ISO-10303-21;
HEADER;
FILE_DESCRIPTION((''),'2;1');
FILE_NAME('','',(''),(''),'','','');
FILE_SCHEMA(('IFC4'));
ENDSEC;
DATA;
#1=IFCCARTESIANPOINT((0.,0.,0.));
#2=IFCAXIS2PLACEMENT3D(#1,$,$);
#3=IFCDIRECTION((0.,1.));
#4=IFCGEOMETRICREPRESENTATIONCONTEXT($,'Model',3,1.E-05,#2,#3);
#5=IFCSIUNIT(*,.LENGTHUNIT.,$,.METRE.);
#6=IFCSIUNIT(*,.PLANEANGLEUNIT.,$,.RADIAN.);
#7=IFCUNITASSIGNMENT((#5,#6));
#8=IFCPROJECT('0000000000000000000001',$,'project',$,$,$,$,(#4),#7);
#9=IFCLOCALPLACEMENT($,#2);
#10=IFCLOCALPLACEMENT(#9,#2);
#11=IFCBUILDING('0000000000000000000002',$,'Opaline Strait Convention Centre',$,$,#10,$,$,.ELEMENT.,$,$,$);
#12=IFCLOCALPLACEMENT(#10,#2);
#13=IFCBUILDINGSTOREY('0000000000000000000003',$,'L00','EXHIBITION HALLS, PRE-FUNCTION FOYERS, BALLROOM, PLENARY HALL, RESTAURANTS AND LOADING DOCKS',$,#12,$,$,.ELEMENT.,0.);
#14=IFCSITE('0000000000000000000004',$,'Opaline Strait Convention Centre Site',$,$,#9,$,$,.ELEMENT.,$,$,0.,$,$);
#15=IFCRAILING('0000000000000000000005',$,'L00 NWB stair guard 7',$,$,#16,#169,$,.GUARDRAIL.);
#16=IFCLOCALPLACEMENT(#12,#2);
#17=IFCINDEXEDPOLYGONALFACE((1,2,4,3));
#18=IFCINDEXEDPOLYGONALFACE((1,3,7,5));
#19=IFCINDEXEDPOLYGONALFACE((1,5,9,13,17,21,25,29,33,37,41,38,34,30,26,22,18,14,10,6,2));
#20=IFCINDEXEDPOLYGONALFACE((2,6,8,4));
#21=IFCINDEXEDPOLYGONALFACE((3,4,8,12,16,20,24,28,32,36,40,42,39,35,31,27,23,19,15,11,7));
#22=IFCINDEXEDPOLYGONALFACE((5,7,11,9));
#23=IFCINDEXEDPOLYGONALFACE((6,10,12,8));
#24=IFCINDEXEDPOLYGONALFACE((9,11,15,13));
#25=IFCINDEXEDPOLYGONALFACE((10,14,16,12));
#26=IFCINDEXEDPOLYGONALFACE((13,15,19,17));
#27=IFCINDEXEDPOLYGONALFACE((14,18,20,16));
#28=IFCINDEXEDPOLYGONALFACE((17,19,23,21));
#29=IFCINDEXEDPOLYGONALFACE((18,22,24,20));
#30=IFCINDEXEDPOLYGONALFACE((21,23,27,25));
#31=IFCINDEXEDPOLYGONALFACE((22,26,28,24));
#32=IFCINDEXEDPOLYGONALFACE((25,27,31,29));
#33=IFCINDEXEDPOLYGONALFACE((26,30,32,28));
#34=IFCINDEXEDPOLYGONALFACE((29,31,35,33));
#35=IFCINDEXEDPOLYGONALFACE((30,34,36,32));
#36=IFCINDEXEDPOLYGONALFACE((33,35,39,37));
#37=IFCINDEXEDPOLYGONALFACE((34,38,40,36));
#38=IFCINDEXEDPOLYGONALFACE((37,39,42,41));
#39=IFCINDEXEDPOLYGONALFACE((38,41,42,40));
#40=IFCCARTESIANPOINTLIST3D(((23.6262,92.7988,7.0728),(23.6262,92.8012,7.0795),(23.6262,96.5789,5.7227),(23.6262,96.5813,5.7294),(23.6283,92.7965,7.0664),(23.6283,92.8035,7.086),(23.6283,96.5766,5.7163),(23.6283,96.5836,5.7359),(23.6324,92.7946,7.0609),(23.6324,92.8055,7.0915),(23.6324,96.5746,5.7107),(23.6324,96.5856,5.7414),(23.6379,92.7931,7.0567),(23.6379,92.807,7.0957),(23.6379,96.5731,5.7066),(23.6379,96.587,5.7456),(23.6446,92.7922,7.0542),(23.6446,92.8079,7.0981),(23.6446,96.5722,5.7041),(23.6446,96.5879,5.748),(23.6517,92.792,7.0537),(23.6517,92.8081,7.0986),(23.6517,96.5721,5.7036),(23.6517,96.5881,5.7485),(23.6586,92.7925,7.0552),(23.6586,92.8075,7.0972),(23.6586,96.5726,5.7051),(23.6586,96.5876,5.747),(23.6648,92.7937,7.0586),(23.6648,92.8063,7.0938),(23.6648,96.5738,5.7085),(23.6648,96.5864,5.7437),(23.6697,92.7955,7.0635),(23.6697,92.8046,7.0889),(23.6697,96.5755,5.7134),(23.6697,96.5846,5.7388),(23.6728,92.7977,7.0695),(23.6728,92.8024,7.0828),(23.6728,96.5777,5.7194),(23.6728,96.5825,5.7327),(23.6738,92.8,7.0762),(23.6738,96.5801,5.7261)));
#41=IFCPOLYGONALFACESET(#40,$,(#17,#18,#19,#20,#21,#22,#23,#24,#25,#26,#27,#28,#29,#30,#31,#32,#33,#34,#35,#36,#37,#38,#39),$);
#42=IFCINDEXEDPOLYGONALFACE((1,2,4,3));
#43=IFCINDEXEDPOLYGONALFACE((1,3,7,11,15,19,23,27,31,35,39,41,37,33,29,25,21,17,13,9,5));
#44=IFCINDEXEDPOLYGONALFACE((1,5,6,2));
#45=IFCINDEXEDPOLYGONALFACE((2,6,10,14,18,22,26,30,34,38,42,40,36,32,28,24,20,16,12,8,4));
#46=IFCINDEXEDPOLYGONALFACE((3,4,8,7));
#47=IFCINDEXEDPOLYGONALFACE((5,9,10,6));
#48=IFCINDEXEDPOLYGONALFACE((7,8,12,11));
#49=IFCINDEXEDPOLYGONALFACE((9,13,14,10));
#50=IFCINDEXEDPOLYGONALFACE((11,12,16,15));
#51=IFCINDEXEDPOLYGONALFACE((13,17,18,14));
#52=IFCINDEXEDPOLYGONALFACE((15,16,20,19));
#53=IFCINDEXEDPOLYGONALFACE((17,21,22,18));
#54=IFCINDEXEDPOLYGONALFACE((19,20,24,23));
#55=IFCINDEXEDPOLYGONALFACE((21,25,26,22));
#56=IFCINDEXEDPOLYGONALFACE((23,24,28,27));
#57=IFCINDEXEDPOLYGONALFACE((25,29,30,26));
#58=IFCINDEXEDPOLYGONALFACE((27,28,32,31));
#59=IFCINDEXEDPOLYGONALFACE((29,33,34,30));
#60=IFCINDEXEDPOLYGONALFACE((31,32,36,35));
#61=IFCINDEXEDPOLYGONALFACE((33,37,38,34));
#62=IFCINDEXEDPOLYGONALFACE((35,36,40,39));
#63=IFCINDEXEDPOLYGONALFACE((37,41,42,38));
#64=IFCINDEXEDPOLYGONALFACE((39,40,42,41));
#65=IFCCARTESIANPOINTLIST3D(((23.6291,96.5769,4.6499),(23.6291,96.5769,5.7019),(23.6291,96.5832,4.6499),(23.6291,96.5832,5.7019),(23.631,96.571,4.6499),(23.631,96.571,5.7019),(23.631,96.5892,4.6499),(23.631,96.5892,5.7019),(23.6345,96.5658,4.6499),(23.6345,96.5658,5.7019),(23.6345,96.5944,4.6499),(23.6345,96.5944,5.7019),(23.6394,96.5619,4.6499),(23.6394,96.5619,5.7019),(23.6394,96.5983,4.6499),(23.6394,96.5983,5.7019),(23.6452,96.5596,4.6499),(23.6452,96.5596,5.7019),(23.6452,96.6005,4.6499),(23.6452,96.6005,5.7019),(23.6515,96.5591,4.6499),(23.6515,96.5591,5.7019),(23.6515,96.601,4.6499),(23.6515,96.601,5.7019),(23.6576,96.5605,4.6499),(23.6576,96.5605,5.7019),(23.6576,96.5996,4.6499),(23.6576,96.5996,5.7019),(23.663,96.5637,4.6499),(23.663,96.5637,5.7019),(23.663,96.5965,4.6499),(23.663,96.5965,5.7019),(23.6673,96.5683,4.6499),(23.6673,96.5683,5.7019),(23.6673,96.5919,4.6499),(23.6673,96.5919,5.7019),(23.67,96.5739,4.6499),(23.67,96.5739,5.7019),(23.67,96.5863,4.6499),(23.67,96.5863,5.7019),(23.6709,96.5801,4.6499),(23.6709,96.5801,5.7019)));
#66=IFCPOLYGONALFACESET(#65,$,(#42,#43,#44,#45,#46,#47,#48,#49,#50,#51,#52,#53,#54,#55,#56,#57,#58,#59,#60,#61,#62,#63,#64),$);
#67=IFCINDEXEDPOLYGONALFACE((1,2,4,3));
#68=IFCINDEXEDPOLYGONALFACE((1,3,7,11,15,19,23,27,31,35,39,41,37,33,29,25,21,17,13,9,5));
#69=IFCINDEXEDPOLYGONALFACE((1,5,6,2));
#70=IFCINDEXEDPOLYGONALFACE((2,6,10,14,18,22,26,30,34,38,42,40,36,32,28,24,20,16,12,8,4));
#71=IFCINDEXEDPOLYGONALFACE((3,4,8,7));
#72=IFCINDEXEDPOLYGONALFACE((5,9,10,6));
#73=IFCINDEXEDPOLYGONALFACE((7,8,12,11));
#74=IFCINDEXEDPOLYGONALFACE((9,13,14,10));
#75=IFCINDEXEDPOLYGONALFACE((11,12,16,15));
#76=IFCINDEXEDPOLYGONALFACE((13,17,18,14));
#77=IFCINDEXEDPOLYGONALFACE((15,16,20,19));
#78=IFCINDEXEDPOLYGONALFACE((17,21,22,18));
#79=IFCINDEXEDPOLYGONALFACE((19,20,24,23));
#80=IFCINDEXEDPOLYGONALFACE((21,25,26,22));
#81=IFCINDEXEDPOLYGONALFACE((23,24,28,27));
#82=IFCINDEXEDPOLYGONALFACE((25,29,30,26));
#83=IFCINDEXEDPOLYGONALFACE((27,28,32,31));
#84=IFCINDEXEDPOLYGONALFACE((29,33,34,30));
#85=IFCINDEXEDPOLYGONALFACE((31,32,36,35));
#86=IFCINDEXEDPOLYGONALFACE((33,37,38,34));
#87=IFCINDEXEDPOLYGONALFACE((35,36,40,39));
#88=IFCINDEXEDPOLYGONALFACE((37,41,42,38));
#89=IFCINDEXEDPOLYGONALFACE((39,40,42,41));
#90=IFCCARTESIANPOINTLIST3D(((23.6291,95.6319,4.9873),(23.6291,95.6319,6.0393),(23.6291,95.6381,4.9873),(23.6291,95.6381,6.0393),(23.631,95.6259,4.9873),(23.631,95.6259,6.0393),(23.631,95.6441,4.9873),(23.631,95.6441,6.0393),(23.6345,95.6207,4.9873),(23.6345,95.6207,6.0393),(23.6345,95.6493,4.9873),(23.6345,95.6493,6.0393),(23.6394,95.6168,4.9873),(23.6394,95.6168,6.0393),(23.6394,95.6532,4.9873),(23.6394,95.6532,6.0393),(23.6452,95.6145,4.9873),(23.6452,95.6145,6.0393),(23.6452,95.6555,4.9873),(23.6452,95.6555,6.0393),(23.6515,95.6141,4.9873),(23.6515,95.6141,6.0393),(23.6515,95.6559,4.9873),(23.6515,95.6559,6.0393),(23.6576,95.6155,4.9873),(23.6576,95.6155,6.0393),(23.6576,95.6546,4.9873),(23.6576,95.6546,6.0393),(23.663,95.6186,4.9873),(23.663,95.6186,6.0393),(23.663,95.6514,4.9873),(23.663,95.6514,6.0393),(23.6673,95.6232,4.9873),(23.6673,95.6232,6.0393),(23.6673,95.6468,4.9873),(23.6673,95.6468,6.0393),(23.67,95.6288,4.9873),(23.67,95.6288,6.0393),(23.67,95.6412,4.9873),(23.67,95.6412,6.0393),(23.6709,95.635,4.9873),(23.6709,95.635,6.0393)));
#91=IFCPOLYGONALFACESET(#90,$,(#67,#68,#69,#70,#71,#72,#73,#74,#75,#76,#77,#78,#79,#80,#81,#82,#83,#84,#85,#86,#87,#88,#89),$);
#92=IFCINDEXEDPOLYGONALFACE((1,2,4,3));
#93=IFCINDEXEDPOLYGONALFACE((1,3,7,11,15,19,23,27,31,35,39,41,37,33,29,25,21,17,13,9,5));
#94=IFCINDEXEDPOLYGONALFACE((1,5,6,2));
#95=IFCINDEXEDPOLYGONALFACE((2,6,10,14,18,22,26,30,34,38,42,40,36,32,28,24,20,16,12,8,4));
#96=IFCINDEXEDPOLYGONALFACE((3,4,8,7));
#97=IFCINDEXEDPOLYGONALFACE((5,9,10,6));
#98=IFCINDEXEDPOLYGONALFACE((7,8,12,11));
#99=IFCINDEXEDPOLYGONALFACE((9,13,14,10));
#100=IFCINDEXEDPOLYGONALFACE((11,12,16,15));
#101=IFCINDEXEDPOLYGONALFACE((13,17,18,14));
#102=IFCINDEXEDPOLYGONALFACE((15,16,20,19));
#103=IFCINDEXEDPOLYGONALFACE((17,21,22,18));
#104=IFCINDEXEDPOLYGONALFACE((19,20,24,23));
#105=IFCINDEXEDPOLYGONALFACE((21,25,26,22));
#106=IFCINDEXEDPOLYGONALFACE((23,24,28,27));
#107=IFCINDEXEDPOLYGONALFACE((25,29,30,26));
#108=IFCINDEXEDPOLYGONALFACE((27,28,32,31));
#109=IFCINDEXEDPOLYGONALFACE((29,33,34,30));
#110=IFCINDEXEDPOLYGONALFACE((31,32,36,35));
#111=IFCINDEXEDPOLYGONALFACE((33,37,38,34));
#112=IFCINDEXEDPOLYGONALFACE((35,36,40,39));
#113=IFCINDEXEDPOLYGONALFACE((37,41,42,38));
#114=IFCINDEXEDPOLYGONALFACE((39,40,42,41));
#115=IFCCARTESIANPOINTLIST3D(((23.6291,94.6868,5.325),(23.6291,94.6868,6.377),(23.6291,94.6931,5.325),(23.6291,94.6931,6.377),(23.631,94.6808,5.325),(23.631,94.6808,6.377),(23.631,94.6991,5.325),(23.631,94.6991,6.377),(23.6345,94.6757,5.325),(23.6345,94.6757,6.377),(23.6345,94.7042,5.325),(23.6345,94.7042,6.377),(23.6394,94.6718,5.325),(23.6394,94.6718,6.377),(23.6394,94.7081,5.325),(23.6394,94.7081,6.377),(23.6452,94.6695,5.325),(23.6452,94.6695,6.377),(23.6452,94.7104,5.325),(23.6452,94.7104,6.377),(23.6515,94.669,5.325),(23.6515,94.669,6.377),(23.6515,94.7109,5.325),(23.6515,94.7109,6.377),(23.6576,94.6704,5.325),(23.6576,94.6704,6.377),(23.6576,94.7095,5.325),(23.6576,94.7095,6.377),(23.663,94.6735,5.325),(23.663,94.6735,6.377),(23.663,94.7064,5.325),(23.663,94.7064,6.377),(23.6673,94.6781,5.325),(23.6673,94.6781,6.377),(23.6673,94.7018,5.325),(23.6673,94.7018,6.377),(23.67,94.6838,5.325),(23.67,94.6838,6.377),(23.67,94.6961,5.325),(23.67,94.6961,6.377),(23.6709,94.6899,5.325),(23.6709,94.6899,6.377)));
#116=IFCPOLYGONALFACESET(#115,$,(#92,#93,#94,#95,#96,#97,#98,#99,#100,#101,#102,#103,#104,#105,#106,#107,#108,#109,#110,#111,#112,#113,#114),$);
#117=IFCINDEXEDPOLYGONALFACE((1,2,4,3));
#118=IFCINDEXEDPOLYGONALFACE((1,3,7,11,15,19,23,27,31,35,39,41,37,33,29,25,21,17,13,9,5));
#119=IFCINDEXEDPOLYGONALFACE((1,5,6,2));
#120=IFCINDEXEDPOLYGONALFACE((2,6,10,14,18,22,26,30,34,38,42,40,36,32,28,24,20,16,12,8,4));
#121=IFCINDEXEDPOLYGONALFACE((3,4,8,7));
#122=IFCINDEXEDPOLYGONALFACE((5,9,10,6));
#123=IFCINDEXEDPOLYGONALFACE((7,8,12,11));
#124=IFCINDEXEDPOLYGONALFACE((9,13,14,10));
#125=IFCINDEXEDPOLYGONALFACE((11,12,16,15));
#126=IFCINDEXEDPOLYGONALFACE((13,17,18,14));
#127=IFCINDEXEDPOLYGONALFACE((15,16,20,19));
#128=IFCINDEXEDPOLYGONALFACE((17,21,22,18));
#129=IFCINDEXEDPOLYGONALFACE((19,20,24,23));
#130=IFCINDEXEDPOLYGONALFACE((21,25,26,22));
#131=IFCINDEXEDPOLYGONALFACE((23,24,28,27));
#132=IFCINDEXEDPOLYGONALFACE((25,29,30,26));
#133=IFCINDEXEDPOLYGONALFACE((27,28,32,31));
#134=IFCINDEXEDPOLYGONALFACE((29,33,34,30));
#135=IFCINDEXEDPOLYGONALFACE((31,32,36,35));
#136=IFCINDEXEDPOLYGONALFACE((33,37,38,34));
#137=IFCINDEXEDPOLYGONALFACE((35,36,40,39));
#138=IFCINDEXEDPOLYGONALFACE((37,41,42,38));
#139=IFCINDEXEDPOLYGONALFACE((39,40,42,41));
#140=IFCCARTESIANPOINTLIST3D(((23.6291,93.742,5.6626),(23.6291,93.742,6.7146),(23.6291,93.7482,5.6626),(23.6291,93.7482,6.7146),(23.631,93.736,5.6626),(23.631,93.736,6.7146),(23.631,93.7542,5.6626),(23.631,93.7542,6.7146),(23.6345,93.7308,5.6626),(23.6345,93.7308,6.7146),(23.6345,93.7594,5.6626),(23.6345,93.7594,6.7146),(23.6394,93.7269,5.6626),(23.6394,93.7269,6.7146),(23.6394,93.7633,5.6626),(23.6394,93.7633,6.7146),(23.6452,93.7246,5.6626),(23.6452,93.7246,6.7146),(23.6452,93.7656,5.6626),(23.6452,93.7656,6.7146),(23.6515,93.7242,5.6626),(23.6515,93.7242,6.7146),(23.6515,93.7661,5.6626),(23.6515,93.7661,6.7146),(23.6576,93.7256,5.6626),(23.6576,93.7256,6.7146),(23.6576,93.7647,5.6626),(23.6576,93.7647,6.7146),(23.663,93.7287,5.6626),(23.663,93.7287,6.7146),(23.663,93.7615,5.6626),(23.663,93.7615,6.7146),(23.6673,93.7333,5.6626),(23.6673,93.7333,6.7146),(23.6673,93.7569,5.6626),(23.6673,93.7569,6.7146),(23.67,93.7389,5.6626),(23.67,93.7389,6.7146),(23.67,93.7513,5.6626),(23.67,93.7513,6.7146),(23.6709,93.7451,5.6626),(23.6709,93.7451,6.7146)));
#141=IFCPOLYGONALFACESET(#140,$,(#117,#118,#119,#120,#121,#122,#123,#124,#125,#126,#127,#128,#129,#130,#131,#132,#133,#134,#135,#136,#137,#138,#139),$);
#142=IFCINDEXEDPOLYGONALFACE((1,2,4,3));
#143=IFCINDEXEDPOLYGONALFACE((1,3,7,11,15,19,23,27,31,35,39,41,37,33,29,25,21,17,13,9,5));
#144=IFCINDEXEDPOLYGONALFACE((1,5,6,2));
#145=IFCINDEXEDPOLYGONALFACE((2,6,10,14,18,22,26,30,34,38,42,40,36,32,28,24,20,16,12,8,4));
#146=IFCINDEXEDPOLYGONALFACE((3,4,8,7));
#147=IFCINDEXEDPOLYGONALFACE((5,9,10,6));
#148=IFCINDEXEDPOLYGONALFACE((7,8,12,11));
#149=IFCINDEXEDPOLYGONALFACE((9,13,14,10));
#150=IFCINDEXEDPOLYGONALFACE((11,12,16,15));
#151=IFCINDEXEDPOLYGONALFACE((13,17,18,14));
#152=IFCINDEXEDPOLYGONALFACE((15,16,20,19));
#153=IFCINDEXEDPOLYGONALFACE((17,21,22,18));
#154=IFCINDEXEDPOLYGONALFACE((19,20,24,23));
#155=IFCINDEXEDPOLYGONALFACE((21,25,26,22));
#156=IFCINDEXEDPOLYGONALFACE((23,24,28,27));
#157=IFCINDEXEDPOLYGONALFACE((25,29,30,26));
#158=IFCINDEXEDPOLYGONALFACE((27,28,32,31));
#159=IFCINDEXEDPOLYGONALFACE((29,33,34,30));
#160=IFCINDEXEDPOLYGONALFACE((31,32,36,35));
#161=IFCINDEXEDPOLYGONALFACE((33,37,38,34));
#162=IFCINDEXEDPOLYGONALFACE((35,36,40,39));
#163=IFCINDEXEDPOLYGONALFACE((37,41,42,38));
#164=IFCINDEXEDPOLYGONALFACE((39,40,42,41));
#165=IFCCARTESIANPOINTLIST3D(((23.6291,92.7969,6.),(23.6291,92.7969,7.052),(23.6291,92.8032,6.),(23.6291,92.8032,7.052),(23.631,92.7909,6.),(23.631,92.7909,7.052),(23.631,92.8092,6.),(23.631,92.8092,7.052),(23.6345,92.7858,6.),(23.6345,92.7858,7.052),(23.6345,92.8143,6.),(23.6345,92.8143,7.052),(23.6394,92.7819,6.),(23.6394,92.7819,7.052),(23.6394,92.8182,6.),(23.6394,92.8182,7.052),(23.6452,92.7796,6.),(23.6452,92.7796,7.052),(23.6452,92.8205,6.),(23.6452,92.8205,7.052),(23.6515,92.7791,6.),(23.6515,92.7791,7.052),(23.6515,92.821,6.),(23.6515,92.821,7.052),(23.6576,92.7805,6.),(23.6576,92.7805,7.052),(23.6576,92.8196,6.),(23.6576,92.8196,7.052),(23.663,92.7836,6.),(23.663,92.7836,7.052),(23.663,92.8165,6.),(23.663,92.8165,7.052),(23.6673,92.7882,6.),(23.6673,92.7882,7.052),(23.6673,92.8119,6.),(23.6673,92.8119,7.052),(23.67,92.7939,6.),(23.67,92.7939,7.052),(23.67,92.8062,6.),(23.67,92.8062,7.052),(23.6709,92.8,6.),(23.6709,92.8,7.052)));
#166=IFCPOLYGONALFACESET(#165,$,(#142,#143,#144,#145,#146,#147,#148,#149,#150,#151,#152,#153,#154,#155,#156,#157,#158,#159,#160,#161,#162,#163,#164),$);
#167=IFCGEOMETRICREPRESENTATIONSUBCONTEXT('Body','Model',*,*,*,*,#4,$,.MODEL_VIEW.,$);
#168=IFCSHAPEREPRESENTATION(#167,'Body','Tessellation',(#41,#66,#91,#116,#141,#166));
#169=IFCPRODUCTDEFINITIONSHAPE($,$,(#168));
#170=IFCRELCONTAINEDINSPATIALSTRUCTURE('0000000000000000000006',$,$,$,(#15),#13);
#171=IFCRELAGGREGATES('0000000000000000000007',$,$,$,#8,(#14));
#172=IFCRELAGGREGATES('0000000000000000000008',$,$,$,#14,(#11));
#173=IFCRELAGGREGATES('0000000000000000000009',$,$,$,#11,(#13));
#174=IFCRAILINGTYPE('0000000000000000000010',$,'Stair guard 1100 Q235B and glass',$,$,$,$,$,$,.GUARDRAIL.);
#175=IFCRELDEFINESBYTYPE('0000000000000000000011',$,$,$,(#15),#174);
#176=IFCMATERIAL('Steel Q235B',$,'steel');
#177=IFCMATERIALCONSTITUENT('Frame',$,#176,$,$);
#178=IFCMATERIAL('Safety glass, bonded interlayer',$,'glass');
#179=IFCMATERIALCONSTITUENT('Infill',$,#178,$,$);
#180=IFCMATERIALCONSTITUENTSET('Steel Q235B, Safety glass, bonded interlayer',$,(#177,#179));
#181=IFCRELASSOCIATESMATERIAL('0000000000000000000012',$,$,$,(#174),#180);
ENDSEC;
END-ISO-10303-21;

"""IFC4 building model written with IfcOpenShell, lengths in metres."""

from ifc_helpers import new_model, si_unit, direction, frame, origin, origin_2d, place, context, subcontext, project, spatial, circle, extrude, material, constituent, constituent_set, type_object, element, save


model = new_model("IFC4")

# Units and contexts
model_context = context("Model", 3, precision=1e-05, world=origin(), true_north=direction((0.0, 1.0)))
body_context = subcontext(model_context, "Body", "Model", "MODEL_VIEW")
ifc_project = project(units=[si_unit("LENGTHUNIT", "METRE"), si_unit("PLANEANGLEUNIT", "RADIAN")], contexts=[model_context])

# Site, building, storey
site_placement = place(None, origin())
site = spatial("IfcSite", under=ifc_project, at=site_placement, Name="Opaline Strait Convention Centre Site", CompositionType="ELEMENT", RefElevation=0.0)
building_placement = place(site_placement, origin())
building = spatial("IfcBuilding", under=site, at=building_placement, Name="Opaline Strait Convention Centre", CompositionType="ELEMENT")
storey_placement = place(building_placement, origin())
storey = spatial("IfcBuildingStorey", under=building, at=storey_placement, Name="L00", Description="EXHIBITION HALLS, PRE-FUNCTION FOYERS, BALLROOM, PLENARY HALL, RESTAURANTS AND LOADING DOCKS", CompositionType="ELEMENT", Elevation=0.0)

# Railing
ifc_material_1 = material(Name="Steel Q235B", Category="steel")
ifc_constituent_1 = constituent(ifc_material_1, Name="Frame")
ifc_material_2 = material(Name="Safety glass, bonded interlayer", Category="glass")
ifc_constituent_2 = constituent(ifc_material_2, Name="Infill")
ifc_constituent_set = constituent_set(constituents=[ifc_constituent_1, ifc_constituent_2], Name="Steel Q235B, Safety glass, bonded interlayer")
railing_type_1 = type_object("IfcRailingType", Name="Stair guard 1100 Q235B and glass", PredefinedType="GUARDRAIL", material=ifc_constituent_set)
railing_1_placement = place(storey_placement, frame((23.6499, 96.5801, 4.6499)))
element("IfcRailing", 1, at=railing_1_placement, inside=storey, type_object=railing_type_1, Name="L00 NWB stair guard 7", PredefinedType="GUARDRAIL", context=body_context, shape_type="SweptSolid", body=[
    extrude(circle(Radius=0.0239, at=origin_2d()), frame((0.0, 0.0, 1.0762), z_axis=(0.0, -0.941735, 0.336356), x_axis=(1.0, 0.0, 0.0)), (0.0, 0.0, 1.0), 4.0139),
    extrude(circle(Radius=0.021, at=origin_2d()), origin(), (0.0, 0.0, 1.0), 1.052),
    extrude(circle(Radius=0.021, at=origin_2d()), frame((0.0, -0.9451, 0.3374)), (0.0, 0.0, 1.0), 1.052),
    extrude(circle(Radius=0.021, at=origin_2d()), frame((0.0, -1.8901, 0.675)), (0.0, 0.0, 1.0), 1.052),
    extrude(circle(Radius=0.021, at=origin_2d()), frame((0.0, -2.835, 1.0127)), (0.0, 0.0, 1.0), 1.052),
    extrude(circle(Radius=0.021, at=origin_2d()), frame((0.0, -3.78, 1.3501)), (0.0, 0.0, 1.0), 1.052),
])

save(model, "model.ifc")
